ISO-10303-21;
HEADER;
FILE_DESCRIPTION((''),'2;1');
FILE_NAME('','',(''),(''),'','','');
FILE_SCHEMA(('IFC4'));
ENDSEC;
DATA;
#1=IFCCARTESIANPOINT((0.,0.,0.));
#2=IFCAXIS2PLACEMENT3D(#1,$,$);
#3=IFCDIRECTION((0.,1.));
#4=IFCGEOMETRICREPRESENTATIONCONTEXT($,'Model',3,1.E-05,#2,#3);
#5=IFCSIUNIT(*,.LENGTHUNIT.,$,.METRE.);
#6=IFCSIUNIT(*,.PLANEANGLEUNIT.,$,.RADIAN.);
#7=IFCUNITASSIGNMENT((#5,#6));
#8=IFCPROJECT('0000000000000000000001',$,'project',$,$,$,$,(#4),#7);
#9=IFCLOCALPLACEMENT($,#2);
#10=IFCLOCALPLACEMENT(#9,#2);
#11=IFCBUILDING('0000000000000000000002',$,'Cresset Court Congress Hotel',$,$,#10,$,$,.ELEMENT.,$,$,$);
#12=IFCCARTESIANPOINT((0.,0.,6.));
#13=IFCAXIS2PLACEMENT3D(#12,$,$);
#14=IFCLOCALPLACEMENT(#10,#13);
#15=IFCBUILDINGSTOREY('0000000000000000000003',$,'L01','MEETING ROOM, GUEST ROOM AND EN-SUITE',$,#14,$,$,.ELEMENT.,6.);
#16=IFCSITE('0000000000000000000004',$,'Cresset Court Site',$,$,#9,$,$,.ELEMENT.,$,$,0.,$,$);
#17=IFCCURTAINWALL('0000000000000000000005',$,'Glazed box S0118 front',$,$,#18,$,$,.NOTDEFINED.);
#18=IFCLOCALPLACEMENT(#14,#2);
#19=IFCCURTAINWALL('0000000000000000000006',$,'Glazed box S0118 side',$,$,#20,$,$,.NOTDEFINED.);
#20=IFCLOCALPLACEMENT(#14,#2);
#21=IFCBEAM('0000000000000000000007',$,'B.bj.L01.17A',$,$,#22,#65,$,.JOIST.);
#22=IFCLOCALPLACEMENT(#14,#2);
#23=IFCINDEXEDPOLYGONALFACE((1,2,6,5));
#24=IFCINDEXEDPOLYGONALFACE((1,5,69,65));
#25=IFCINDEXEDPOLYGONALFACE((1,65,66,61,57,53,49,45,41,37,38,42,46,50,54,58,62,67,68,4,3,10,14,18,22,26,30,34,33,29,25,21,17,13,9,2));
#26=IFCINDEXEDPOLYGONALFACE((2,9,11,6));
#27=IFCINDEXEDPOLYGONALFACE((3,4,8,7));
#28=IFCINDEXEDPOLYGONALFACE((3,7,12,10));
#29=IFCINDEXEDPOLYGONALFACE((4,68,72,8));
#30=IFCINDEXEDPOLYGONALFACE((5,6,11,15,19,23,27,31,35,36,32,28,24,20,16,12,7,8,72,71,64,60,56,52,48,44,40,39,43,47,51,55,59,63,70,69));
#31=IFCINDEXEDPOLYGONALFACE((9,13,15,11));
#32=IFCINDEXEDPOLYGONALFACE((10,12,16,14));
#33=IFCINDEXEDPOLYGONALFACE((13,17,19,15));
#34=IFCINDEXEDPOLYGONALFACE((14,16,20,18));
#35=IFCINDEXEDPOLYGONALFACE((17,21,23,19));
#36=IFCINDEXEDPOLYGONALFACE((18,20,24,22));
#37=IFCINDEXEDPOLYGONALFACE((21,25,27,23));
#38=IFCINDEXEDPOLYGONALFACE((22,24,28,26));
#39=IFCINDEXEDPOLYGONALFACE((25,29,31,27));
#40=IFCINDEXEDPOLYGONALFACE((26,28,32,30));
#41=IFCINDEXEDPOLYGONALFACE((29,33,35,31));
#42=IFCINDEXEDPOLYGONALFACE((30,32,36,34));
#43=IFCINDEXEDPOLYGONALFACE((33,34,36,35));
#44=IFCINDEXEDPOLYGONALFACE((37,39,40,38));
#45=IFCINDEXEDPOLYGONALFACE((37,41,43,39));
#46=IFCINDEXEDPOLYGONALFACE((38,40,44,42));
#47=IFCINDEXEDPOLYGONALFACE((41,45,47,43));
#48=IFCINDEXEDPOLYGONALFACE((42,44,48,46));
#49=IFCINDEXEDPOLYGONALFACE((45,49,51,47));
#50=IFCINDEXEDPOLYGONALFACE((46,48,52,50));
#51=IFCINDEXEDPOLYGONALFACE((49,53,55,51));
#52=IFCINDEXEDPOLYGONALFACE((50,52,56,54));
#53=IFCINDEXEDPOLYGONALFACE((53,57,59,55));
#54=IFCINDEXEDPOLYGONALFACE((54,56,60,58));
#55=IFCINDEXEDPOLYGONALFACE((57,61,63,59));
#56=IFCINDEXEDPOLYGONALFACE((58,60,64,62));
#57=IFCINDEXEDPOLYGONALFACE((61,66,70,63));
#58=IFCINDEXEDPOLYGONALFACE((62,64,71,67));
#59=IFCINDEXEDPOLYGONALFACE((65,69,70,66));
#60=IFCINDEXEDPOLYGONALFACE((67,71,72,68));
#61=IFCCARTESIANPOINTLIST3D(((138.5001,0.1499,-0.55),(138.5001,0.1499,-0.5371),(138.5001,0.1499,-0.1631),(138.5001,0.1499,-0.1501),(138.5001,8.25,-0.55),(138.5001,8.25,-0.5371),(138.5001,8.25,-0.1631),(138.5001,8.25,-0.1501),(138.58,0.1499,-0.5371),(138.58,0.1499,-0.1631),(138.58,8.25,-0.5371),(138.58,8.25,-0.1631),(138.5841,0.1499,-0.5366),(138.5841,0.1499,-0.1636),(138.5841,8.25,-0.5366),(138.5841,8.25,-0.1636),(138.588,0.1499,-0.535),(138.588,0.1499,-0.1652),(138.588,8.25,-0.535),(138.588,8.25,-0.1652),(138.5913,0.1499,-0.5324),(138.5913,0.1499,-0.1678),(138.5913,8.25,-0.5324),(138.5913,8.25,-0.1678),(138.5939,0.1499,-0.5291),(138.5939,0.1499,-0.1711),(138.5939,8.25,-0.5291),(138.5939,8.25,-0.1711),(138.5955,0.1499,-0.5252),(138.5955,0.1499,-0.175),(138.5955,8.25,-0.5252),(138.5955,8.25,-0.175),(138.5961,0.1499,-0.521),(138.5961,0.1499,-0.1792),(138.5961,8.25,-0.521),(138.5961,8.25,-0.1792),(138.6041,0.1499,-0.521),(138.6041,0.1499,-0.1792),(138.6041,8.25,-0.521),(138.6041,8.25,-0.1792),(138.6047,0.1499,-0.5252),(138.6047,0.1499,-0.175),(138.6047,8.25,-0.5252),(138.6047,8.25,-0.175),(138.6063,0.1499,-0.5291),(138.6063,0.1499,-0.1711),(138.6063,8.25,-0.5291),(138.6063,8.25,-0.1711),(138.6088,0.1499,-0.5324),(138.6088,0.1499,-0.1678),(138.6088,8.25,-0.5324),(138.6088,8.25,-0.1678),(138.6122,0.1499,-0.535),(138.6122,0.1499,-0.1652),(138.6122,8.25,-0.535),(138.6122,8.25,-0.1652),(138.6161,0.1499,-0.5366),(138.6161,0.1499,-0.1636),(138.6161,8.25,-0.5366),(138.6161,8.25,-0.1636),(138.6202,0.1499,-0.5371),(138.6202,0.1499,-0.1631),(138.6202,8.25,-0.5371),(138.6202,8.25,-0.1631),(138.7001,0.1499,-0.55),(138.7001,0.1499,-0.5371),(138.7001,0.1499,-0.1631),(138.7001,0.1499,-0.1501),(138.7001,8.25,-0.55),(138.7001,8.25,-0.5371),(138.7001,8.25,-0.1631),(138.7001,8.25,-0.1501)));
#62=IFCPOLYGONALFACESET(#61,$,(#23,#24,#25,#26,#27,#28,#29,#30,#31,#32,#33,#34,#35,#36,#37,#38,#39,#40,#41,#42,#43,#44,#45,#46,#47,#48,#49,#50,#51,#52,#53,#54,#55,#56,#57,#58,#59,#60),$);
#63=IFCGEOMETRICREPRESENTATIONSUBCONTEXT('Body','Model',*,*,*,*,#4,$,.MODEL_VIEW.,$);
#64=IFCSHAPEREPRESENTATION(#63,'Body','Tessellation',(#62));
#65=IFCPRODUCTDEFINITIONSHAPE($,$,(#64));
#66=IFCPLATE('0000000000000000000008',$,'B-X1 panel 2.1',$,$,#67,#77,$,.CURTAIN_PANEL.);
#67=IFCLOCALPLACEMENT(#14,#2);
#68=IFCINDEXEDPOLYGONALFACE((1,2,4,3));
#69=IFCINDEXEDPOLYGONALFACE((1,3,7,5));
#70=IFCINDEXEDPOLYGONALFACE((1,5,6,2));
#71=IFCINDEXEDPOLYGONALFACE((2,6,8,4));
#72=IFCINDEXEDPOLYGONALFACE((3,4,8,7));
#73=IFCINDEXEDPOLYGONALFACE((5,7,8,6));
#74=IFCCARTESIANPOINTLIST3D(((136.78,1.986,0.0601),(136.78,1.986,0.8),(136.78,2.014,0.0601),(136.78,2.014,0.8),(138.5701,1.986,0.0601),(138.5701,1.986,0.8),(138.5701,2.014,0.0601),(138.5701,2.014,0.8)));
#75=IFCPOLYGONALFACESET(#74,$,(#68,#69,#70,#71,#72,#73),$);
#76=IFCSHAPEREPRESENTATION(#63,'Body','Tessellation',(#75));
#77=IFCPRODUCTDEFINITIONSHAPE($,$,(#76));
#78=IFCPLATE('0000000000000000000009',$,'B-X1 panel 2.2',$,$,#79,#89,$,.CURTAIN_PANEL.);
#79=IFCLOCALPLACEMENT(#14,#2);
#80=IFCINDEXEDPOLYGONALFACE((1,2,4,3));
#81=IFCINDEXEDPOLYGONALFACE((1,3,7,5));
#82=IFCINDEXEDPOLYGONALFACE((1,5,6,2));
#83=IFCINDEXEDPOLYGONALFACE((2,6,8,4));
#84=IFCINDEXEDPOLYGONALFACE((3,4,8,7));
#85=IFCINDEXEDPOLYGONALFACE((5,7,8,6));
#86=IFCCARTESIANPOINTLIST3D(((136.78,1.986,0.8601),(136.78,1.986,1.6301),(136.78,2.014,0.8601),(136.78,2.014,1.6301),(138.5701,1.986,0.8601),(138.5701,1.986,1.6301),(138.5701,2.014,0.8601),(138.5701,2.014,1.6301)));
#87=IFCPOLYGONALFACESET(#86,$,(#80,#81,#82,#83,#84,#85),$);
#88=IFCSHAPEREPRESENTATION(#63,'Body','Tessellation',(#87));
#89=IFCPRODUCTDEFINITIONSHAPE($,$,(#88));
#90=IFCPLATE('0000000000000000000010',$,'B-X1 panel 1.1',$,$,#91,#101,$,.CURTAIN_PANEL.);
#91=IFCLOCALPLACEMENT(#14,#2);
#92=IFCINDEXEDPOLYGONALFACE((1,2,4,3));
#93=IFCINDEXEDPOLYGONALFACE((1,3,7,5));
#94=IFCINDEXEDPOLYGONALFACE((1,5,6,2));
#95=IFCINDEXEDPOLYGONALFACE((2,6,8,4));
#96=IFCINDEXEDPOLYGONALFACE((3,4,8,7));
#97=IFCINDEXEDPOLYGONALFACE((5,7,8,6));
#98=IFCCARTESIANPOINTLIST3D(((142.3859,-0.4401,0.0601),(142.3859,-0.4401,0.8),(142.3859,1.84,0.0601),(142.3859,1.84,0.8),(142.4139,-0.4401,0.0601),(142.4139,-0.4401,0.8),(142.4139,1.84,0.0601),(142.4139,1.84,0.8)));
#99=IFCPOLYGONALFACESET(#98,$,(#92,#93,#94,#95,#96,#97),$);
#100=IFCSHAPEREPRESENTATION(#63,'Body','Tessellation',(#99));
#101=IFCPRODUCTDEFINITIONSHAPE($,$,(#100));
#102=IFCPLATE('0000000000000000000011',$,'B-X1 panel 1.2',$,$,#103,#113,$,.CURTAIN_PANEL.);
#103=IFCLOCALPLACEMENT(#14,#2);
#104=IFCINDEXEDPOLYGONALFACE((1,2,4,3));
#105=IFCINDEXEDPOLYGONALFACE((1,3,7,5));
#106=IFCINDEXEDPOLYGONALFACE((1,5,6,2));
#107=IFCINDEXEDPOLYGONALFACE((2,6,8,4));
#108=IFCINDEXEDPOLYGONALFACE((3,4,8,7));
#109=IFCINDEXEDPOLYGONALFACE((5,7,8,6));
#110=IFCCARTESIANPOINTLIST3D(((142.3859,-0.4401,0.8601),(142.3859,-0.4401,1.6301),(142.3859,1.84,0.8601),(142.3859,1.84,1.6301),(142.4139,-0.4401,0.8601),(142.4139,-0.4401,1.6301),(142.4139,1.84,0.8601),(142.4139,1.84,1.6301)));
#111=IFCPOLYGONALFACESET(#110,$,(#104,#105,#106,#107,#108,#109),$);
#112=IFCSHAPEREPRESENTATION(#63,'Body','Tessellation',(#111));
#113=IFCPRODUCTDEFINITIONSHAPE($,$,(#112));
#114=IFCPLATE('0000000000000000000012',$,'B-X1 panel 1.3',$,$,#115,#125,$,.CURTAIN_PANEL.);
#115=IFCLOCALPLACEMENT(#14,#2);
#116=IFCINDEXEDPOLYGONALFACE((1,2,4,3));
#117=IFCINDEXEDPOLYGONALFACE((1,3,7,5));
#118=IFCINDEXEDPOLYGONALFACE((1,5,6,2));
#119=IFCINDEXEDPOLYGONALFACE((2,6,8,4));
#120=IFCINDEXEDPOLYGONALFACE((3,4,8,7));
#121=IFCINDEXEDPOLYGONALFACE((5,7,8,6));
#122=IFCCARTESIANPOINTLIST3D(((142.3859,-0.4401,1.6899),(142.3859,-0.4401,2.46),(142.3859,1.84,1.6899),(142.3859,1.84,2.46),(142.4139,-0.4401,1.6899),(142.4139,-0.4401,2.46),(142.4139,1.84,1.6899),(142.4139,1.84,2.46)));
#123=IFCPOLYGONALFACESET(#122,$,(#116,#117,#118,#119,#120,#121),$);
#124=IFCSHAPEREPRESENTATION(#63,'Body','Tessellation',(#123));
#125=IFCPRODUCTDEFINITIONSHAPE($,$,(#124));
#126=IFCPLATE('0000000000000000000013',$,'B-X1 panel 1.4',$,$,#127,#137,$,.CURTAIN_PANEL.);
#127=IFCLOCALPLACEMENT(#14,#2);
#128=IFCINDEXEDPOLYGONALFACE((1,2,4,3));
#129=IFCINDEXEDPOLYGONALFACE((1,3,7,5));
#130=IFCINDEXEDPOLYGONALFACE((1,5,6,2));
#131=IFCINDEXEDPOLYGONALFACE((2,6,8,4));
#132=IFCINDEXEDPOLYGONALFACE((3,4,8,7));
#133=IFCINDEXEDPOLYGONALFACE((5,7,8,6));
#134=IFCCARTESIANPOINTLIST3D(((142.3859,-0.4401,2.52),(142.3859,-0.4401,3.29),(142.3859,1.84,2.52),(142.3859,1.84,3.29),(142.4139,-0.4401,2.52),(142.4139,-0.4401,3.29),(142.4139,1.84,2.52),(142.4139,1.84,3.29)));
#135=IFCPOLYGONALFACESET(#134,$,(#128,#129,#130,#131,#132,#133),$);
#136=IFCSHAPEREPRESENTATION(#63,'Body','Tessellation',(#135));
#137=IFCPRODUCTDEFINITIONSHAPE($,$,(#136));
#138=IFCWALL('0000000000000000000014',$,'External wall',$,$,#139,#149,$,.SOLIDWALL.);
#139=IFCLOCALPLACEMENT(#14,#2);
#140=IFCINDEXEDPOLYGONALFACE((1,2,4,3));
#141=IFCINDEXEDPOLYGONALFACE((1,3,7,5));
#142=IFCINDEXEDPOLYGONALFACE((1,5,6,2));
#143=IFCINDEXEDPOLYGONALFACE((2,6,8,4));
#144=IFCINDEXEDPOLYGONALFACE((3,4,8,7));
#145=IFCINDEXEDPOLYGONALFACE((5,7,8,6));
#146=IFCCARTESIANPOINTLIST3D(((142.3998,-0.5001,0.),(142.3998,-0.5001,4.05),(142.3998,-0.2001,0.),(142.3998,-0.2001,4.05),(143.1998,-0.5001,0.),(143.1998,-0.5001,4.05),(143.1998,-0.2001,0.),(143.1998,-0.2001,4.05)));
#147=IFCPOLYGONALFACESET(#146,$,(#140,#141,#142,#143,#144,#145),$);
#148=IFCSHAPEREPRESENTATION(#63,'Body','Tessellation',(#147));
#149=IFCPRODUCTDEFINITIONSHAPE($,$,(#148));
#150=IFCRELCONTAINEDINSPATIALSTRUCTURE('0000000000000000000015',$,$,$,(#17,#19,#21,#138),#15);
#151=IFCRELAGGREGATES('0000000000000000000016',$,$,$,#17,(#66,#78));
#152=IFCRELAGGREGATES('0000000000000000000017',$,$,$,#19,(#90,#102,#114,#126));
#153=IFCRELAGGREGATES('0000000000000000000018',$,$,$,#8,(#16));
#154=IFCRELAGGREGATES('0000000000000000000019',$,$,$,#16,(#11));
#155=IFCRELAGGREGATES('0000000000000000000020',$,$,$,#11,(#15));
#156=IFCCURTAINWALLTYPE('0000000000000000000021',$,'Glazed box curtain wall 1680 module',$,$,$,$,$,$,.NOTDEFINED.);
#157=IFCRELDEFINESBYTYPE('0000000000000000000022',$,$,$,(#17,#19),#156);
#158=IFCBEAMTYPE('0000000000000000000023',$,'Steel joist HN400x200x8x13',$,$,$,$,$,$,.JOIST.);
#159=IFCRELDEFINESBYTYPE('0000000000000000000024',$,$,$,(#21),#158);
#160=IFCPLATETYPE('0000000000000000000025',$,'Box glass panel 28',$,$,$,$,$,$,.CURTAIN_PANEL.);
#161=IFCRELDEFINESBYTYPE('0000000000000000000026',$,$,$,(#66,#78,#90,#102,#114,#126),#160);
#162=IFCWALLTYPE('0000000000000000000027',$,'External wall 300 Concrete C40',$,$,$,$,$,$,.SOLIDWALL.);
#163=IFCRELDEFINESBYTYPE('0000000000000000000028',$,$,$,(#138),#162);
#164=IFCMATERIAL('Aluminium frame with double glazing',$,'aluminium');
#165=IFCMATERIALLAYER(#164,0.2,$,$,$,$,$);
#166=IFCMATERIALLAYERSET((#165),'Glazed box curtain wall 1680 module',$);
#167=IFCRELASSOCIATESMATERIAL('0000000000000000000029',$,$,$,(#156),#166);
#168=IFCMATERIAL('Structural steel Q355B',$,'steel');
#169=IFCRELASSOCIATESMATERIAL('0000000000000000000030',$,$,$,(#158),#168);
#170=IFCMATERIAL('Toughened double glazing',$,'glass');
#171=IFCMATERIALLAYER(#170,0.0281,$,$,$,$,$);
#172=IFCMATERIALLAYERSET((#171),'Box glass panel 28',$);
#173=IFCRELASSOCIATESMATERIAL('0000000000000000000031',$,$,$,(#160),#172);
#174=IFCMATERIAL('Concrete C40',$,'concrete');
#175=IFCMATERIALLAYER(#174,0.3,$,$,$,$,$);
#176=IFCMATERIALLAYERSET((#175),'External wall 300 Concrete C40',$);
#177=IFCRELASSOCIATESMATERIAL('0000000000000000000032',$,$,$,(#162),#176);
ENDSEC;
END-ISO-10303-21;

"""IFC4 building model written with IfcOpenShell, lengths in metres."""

from ifc_helpers import new_model, si_unit, direction, frame, frame_2d, origin, origin_2d, place, context, subcontext, project, spatial, rectangle, i_section, extrude, material, layer, layer_set, material_profile, profile_set, type_object, element, aggregate, save


model = new_model("IFC4")

# Units and contexts
model_context = context("Model", 3, precision=1e-05, world=origin(), true_north=direction((0.0, 1.0)))
body_context = subcontext(model_context, "Body", "Model", "MODEL_VIEW")
ifc_project = project(units=[si_unit("LENGTHUNIT", "METRE"), si_unit("PLANEANGLEUNIT", "RADIAN")], contexts=[model_context])

# Site, building, storey
site_placement = place(None, origin())
site = spatial("IfcSite", under=ifc_project, at=site_placement, Name="Cresset Court Site", CompositionType="ELEMENT", RefElevation=0.0)
building_placement = place(site_placement, origin())
building = spatial("IfcBuilding", under=site, at=building_placement, Name="Cresset Court Congress Hotel", CompositionType="ELEMENT")
storey_placement = place(building_placement, frame((0.0, 0.0, 6.0)))
storey = spatial("IfcBuildingStorey", under=building, at=storey_placement, Name="L01", Description="MEETING ROOM, GUEST ROOM AND EN-SUITE", CompositionType="ELEMENT", Elevation=6.0)

# Curtain walls
ifc_material_1 = material(Name="Aluminium frame with double glazing", Category="aluminium")
ifc_layer_1 = layer(ifc_material_1, 0.2)
ifc_layer_set_1 = layer_set([ifc_layer_1], Name="Glazed box curtain wall 1680 module")
curtain_wall_type = type_object("IfcCurtainWallType", Name="Glazed box curtain wall 1680 module", PredefinedType="NOTDEFINED", material=ifc_layer_set_1)
curtain_wall_1_placement = place(storey_placement, origin())
curtain_wall_1 = element("IfcCurtainWall", 1, at=curtain_wall_1_placement, inside=storey, type_object=curtain_wall_type, Name="Glazed box S0118 front", PredefinedType="NOTDEFINED")
curtain_wall_2_placement = place(storey_placement, origin())
curtain_wall_2 = element("IfcCurtainWall", 2, at=curtain_wall_2_placement, inside=storey, type_object=curtain_wall_type, Name="Glazed box S0118 side", PredefinedType="NOTDEFINED")

# Beam
ifc_material_2 = material(Name="Structural steel Q355B", Category="steel")
ifc_material_profile_1 = material_profile(ifc_material_2, i_section(OverallWidth=0.2, OverallDepth=0.3999, WebThickness=0.0081, FlangeThickness=0.0129, FilletRadius=0.0161, at=origin_2d()), Name="HN400x200x8x13")
ifc_profile_set_1 = profile_set([ifc_material_profile_1], Name="Structural steel Q355B")
beam_type = type_object("IfcBeamType", Name="Steel joist HN400x200x8x13", PredefinedType="JOIST", material=ifc_profile_set_1)
beam_placement = place(storey_placement, frame((138.6001, 0.1499, -0.3501), z_axis=(0.0, 1.0, 0.0), x_axis=(-1.0, 0.0, 0.0)))
element("IfcBeam", 3, at=beam_placement, inside=storey, type_object=beam_type, Name="B.bj.L01.17A", PredefinedType="JOIST", context=body_context, shape_type="SweptSolid", body=[
    extrude(i_section(OverallWidth=0.2, OverallDepth=0.3999, WebThickness=0.0081, FlangeThickness=0.0129, FilletRadius=0.0161, at=origin_2d()), origin(), (0.0, 0.0, 1.0), 8.1001),
])

# Plates
ifc_material_3 = material(Name="Toughened double glazing", Category="glass")
ifc_layer_2 = layer(ifc_material_3, 0.0281)
ifc_layer_set_2 = layer_set([ifc_layer_2], Name="Box glass panel 28")
plate_type = type_object("IfcPlateType", Name="Box glass panel 28", PredefinedType="CURTAIN_PANEL", material=ifc_layer_set_2)
plate_1_placement = place(storey_placement, frame((137.675, 2.0, 0.0601), z_axis=(0.0, 0.0, 1.0), x_axis=(1.0, 0.0, 0.0)))
plate_1 = element("IfcPlate", 4, at=plate_1_placement, type_object=plate_type, Name="B-X1 panel 2.1", PredefinedType="CURTAIN_PANEL", context=body_context, shape_type="SweptSolid", body=[
    extrude(rectangle(XDim=1.79, YDim=0.0281, at=origin_2d()), origin(), (0.0, 0.0, 1.0), 0.74),
])
plate_2_placement = place(storey_placement, frame((137.675, 2.0, 0.8601), z_axis=(0.0, 0.0, 1.0), x_axis=(1.0, 0.0, 0.0)))
plate_2 = element("IfcPlate", 5, at=plate_2_placement, type_object=plate_type, Name="B-X1 panel 2.2", PredefinedType="CURTAIN_PANEL", context=body_context, shape_type="SweptSolid", body=[
    extrude(rectangle(XDim=1.79, YDim=0.0281, at=origin_2d()), origin(), (0.0, 0.0, 1.0), 0.77),
])
aggregate(curtain_wall_1, [plate_1, plate_2])
plate_3_placement = place(storey_placement, frame((142.3999, 0.7, 0.0601), z_axis=(0.0, 0.0, 1.0), x_axis=(0.0, 1.0, 0.0)))
plate_3 = element("IfcPlate", 6, at=plate_3_placement, type_object=plate_type, Name="B-X1 panel 1.1", PredefinedType="CURTAIN_PANEL", context=body_context, shape_type="SweptSolid", body=[
    extrude(rectangle(XDim=2.28, YDim=0.0281, at=origin_2d()), origin(), (0.0, 0.0, 1.0), 0.74),
])
plate_4_placement = place(storey_placement, frame((142.3999, 0.7, 0.8601), z_axis=(0.0, 0.0, 1.0), x_axis=(0.0, 1.0, 0.0)))
plate_4 = element("IfcPlate", 7, at=plate_4_placement, type_object=plate_type, Name="B-X1 panel 1.2", PredefinedType="CURTAIN_PANEL", context=body_context, shape_type="SweptSolid", body=[
    extrude(rectangle(XDim=2.28, YDim=0.0281, at=origin_2d()), origin(), (0.0, 0.0, 1.0), 0.77),
])
plate_5_placement = place(storey_placement, frame((142.3999, 0.7, 1.6899), z_axis=(0.0, 0.0, 1.0), x_axis=(0.0, 1.0, 0.0)))
plate_5 = element("IfcPlate", 8, at=plate_5_placement, type_object=plate_type, Name="B-X1 panel 1.3", PredefinedType="CURTAIN_PANEL", context=body_context, shape_type="SweptSolid", body=[
    extrude(rectangle(XDim=2.28, YDim=0.0281, at=origin_2d()), origin(), (0.0, 0.0, 1.0), 0.77),
])
plate_6_placement = place(storey_placement, frame((142.3999, 0.7, 2.52), z_axis=(0.0, 0.0, 1.0), x_axis=(0.0, 1.0, 0.0)))
plate_6 = element("IfcPlate", 9, at=plate_6_placement, type_object=plate_type, Name="B-X1 panel 1.4", PredefinedType="CURTAIN_PANEL", context=body_context, shape_type="SweptSolid", body=[
    extrude(rectangle(XDim=2.28, YDim=0.0281, at=origin_2d()), origin(), (0.0, 0.0, 1.0), 0.77),
])
aggregate(curtain_wall_2, [plate_3, plate_4, plate_5, plate_6])

# Wall
ifc_material_4 = material(Name="Concrete C40", Category="concrete")
ifc_layer_3 = layer(ifc_material_4, 0.3)
ifc_layer_set_3 = layer_set([ifc_layer_3], Name="External wall 300 Concrete C40")
wall_type = type_object("IfcWallType", Name="External wall 300 Concrete C40", PredefinedType="SOLIDWALL", material=ifc_layer_set_3)
wall_placement = place(storey_placement, frame((142.3999, -0.3501, 0.0), z_axis=(0.0, 0.0, 1.0), x_axis=(1.0, 0.0, 0.0)))
element("IfcWall", 10, at=wall_placement, inside=storey, type_object=wall_type, Name="External wall", PredefinedType="SOLIDWALL", context=body_context, shape_type="SweptSolid", body=[
    extrude(rectangle(XDim=0.8, YDim=0.3, at=frame_2d((0.3999, 0.0))), origin(), (0.0, 0.0, 1.0), 4.05),
])

save(model, "model.ifc")
